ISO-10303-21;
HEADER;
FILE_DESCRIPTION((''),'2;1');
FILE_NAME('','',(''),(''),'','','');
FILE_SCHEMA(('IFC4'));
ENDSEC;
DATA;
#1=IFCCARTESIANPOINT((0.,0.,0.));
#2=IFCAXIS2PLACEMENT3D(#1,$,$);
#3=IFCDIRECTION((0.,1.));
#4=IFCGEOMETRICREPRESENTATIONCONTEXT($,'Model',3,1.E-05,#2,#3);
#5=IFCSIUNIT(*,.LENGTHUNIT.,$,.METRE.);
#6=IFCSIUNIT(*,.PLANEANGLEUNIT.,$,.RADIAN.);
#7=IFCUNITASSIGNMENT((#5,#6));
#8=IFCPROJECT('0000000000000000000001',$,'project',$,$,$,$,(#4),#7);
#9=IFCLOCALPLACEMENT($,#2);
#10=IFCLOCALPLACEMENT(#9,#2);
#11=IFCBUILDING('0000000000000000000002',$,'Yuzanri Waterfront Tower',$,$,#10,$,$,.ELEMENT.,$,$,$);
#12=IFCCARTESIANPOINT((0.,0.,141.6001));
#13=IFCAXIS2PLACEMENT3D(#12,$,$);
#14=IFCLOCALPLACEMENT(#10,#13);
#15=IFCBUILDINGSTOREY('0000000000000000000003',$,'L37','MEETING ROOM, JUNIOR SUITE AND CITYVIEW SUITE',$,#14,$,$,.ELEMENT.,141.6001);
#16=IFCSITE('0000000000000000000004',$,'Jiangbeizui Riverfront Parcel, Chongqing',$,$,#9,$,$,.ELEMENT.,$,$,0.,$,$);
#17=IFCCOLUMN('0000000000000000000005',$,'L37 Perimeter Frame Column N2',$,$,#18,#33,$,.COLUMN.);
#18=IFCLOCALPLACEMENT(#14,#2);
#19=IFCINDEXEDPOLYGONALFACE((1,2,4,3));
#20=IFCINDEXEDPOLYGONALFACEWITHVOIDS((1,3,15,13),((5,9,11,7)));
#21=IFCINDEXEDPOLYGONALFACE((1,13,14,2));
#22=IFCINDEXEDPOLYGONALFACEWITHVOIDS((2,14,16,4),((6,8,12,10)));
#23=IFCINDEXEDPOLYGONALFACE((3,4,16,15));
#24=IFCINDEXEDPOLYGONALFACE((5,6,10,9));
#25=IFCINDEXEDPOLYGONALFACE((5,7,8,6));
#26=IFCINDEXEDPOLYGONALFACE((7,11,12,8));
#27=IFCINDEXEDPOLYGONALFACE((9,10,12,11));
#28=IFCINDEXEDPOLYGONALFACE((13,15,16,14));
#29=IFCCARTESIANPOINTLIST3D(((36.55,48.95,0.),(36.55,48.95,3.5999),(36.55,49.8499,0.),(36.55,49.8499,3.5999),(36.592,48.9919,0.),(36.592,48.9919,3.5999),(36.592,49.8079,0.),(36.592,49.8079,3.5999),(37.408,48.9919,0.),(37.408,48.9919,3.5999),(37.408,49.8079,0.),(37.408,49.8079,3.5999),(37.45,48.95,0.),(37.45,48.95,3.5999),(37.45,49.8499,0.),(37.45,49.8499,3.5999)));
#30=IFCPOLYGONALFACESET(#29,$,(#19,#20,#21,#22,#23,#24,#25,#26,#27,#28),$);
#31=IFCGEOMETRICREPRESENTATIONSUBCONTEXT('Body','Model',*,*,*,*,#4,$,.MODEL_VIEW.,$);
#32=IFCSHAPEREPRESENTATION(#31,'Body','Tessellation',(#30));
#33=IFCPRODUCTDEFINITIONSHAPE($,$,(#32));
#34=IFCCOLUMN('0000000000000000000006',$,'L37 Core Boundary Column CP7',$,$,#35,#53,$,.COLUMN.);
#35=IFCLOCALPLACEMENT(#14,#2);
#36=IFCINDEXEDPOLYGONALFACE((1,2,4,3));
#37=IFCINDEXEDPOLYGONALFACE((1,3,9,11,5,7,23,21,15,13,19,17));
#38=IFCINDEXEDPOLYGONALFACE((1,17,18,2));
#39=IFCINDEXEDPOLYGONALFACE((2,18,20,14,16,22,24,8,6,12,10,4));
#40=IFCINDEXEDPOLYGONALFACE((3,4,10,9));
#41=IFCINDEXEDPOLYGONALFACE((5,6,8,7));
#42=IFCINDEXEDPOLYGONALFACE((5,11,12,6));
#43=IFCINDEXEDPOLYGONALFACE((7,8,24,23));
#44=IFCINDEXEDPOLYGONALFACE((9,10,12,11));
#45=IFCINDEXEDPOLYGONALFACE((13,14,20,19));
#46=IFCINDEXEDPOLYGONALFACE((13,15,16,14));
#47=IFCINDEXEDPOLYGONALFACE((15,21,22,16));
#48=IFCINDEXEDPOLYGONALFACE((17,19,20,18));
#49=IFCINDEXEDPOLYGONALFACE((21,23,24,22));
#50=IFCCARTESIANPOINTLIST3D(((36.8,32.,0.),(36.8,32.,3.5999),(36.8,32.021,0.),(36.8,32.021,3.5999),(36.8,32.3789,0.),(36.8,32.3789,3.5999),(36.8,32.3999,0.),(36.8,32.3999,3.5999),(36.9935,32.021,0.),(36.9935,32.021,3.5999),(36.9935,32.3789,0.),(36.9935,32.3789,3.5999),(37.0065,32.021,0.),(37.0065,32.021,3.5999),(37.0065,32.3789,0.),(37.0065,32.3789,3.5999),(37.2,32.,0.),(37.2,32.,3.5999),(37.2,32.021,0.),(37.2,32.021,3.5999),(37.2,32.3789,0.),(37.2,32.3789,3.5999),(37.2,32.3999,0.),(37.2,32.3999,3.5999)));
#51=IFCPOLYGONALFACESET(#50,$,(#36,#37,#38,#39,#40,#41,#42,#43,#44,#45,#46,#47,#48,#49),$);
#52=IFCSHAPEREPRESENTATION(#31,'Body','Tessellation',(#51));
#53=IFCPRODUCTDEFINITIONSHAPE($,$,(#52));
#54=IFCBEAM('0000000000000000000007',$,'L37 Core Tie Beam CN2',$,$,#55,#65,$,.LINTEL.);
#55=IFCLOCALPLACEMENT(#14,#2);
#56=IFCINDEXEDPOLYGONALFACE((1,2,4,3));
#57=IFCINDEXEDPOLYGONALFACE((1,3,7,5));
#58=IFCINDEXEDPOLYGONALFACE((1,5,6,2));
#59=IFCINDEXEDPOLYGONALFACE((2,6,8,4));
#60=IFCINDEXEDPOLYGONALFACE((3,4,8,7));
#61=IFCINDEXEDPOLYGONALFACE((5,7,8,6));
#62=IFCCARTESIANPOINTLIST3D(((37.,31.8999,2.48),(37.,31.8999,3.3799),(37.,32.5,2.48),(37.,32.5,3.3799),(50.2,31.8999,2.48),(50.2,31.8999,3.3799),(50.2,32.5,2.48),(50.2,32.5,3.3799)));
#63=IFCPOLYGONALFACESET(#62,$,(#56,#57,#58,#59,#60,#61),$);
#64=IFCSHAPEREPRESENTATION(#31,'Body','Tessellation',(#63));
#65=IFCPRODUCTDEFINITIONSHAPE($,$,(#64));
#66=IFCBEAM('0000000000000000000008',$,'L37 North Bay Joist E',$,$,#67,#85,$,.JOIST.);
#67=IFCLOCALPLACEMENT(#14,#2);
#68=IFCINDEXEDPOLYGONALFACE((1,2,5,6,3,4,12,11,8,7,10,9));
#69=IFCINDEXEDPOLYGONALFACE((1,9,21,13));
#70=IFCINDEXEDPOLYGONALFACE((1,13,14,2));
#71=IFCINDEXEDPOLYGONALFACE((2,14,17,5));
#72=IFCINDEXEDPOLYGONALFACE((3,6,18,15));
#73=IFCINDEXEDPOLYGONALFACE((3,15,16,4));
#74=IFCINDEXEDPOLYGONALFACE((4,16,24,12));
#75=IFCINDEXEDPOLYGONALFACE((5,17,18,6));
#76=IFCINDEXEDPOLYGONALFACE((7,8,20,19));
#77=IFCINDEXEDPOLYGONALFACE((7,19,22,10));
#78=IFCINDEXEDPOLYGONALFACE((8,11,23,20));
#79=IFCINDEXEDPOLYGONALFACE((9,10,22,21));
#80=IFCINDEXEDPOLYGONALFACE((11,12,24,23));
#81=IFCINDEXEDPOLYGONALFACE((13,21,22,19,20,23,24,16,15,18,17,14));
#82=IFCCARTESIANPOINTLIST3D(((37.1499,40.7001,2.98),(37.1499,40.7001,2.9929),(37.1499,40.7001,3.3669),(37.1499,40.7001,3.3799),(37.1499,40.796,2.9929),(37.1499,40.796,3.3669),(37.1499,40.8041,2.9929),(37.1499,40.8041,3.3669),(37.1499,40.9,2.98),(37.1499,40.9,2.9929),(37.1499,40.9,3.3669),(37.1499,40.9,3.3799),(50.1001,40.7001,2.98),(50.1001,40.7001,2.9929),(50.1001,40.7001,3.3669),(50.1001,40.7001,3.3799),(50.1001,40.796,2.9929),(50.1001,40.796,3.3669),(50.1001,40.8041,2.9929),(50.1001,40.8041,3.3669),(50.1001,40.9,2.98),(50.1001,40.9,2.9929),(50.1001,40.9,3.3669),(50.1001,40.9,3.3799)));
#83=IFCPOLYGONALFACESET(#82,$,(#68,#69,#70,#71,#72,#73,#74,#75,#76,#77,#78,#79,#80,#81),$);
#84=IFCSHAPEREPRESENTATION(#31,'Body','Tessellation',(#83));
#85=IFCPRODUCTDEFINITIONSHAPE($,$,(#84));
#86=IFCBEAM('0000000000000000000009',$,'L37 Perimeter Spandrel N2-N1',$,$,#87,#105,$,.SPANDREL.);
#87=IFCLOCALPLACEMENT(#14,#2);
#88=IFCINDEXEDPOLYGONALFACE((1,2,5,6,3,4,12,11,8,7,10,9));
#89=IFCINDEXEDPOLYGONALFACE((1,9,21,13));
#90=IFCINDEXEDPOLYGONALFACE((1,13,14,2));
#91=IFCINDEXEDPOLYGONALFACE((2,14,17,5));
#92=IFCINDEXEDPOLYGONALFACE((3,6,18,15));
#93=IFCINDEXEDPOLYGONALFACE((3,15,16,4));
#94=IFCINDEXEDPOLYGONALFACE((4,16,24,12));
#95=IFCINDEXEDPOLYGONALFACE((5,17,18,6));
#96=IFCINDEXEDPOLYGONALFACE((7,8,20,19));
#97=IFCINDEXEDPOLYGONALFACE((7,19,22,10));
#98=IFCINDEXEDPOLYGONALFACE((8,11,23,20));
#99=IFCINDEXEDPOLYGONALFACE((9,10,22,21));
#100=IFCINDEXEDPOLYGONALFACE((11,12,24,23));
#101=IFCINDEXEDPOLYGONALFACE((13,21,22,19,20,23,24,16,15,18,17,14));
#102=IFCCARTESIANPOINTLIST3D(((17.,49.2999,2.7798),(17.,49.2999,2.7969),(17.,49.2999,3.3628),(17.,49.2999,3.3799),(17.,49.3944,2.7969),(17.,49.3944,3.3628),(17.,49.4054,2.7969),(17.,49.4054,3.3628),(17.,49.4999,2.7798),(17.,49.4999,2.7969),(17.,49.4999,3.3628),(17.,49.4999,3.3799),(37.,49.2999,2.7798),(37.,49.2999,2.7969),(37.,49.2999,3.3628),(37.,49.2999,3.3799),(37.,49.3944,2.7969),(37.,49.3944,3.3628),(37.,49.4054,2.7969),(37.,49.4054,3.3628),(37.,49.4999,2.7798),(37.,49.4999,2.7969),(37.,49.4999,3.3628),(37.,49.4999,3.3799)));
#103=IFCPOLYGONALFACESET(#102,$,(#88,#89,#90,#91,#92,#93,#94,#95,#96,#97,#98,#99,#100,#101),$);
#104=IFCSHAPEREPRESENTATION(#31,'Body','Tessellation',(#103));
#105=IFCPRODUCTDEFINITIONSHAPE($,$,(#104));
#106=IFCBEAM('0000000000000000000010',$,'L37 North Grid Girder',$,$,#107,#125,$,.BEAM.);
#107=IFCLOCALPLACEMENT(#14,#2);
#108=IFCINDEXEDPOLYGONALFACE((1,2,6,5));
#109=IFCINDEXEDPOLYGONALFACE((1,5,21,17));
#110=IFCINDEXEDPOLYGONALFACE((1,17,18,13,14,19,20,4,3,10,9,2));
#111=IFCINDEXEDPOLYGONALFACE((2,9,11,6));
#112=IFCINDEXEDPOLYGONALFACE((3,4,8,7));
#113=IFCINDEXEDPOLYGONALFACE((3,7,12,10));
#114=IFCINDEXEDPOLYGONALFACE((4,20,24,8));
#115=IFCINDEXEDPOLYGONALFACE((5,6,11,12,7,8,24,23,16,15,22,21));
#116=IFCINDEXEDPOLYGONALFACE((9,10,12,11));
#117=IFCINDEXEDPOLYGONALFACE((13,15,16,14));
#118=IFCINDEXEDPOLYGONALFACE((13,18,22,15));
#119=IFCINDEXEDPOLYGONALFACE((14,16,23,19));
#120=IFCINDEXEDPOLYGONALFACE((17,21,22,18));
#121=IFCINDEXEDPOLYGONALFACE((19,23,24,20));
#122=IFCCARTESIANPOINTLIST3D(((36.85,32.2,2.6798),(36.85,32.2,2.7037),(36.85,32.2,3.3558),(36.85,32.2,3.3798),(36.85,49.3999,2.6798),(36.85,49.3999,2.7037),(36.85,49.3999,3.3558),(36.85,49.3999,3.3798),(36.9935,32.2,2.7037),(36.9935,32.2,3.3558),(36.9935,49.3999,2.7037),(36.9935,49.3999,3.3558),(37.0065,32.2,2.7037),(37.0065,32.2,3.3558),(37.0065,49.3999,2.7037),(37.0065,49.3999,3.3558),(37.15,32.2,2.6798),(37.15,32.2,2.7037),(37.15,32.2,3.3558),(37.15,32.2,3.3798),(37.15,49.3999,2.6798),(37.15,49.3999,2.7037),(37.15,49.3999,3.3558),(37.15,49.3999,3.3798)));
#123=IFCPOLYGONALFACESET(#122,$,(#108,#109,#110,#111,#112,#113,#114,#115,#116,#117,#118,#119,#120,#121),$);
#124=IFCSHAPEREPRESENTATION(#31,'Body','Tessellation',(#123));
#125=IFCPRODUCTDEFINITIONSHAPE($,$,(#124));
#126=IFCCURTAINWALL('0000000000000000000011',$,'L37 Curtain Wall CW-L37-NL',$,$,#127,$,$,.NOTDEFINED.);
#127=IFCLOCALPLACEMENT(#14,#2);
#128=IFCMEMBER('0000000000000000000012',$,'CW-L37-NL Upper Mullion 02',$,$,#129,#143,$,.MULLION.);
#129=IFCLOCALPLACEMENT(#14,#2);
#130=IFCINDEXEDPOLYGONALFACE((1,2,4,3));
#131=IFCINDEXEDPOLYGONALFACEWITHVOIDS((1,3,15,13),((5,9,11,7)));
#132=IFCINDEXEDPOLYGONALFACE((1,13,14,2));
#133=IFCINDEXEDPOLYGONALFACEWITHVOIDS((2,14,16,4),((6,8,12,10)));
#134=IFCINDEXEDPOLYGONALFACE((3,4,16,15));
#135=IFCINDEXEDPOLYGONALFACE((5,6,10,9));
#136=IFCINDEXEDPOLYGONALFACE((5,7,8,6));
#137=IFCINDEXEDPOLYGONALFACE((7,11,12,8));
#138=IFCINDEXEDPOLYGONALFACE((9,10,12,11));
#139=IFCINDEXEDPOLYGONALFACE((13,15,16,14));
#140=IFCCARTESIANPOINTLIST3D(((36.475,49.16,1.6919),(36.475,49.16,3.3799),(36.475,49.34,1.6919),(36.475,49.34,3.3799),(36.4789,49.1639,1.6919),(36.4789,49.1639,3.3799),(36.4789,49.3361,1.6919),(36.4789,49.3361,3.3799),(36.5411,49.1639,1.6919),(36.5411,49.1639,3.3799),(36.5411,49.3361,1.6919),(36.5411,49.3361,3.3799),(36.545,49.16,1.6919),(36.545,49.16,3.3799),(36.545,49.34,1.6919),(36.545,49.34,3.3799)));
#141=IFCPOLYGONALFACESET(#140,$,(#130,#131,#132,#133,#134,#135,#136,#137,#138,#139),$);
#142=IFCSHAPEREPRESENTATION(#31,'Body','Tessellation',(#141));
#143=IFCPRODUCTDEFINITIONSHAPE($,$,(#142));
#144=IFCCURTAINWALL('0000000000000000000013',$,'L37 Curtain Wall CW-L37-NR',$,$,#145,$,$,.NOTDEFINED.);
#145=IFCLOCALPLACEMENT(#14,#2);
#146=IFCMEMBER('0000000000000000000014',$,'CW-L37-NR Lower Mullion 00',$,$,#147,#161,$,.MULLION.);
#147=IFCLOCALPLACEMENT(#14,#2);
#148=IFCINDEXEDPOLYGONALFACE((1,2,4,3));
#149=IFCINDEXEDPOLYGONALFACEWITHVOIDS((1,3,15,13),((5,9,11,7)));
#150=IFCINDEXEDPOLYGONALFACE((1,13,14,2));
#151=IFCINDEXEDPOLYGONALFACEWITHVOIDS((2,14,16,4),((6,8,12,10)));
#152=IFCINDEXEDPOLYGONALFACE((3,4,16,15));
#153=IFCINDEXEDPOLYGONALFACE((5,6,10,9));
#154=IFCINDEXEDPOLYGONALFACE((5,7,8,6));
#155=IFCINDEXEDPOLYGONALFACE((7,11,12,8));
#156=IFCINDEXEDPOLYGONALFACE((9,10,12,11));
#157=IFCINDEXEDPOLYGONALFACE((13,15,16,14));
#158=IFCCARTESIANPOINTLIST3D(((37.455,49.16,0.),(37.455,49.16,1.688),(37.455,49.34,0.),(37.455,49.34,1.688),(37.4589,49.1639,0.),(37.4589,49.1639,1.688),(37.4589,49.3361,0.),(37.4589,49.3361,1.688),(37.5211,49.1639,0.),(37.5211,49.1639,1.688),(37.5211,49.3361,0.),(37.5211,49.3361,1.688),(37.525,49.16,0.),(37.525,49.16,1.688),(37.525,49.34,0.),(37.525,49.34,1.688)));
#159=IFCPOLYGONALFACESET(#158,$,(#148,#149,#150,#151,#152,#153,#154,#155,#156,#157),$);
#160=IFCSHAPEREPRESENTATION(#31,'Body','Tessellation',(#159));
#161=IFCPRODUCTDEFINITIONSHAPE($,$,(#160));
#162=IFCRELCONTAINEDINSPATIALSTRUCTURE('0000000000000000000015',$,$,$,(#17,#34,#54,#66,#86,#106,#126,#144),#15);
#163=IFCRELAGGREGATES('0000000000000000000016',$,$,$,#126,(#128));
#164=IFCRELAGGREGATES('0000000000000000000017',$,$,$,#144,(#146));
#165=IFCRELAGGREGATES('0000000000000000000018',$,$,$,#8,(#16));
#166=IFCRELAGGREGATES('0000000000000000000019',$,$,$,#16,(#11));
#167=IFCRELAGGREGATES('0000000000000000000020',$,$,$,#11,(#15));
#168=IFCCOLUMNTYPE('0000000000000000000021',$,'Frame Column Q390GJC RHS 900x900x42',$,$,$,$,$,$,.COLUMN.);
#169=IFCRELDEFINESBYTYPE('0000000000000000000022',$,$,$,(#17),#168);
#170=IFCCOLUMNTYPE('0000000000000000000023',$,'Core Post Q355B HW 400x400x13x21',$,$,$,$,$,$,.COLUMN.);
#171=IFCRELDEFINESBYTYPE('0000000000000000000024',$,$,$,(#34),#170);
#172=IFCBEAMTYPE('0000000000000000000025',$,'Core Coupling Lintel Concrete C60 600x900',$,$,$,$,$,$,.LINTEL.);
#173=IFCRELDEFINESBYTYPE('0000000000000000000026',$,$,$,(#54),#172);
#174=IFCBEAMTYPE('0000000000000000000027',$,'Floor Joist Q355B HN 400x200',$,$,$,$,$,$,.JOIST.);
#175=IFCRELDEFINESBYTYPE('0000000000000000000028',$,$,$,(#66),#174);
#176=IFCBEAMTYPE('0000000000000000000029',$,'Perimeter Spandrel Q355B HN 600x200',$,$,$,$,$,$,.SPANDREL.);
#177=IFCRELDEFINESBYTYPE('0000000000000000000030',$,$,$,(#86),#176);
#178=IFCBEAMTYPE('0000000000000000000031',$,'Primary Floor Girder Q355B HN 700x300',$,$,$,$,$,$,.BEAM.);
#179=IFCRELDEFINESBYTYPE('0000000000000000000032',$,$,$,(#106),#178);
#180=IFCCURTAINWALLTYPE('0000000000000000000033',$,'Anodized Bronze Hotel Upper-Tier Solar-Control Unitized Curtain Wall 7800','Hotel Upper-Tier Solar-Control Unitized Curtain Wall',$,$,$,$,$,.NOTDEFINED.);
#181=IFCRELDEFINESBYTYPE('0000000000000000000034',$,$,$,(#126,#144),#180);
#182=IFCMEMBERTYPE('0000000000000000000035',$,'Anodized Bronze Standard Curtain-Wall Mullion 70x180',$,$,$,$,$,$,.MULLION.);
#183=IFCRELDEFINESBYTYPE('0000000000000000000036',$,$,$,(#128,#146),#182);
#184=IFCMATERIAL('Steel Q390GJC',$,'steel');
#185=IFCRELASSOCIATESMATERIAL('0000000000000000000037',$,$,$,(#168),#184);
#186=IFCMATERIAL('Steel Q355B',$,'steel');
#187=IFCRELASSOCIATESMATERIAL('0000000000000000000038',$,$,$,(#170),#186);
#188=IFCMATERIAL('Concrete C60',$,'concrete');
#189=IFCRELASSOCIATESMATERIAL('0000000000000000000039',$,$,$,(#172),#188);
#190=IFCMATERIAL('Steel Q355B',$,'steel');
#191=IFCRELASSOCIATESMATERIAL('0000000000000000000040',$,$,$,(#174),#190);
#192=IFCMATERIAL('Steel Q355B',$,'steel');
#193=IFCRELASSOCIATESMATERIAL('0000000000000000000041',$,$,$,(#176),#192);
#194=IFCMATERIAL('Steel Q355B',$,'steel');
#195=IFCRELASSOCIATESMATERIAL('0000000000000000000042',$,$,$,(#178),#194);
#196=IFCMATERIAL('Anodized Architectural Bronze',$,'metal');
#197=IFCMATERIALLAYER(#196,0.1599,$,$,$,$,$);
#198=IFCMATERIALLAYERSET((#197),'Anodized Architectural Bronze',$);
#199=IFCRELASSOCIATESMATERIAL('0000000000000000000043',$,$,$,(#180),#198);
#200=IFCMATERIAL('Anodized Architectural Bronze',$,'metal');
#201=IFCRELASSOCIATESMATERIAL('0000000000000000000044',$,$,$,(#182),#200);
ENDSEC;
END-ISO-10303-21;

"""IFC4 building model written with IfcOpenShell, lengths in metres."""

from ifc_helpers import new_model, si_unit, direction, frame, origin, origin_2d, place, context, subcontext, project, spatial, rectangle, hollow_rectangle, i_section, extrude, source, transform, mapped, material, layer, layer_set, material_profile, profile_set, type_object, element, aggregate, save


model = new_model("IFC4")

# Units and contexts
model_context = context("Model", 3, precision=1e-05, world=origin(), true_north=direction((0.0, 1.0)))
body_context = subcontext(model_context, "Body", "Model", "MODEL_VIEW")
ifc_project = project(units=[si_unit("LENGTHUNIT", "METRE"), si_unit("PLANEANGLEUNIT", "RADIAN")], contexts=[model_context])

# Site, building, storey
site_placement = place(None, origin())
site = spatial("IfcSite", under=ifc_project, at=site_placement, Name="Jiangbeizui Riverfront Parcel, Chongqing", CompositionType="ELEMENT", RefElevation=0.0)
building_placement = place(site_placement, origin())
building = spatial("IfcBuilding", under=site, at=building_placement, Name="Yuzanri Waterfront Tower", CompositionType="ELEMENT")
storey_placement = place(building_placement, frame((0.0, 0.0, 141.6001)))
storey = spatial("IfcBuildingStorey", under=building, at=storey_placement, Name="L37", Description="MEETING ROOM, JUNIOR SUITE AND CITYVIEW SUITE", CompositionType="ELEMENT", Elevation=141.6001)

# Columns
ifc_material_1 = material(Name="Steel Q390GJC", Category="steel")
ifc_material_profile_1 = material_profile(ifc_material_1, hollow_rectangle(XDim=0.8999, YDim=0.8999, WallThickness=0.042, at=origin_2d()), Name="RHS 900x900x42")
ifc_profile_set_1 = profile_set([ifc_material_profile_1], Name="Steel Q390GJC")
column_type_1 = type_object("IfcColumnType", Name="Frame Column Q390GJC RHS 900x900x42", PredefinedType="COLUMN", material=ifc_profile_set_1)
shared_shape_1 = source(origin(), body_context, "Body", "SweptSolid", [
    extrude(hollow_rectangle(XDim=0.8999, YDim=0.8999, WallThickness=0.042, at=origin_2d()), origin(), (0.0, 0.0, 1.0), 3.5999),
])
column_1_placement = place(storey_placement, frame((37.0, 49.3999, 0.0), z_axis=(0.0, 0.0, 1.0), x_axis=(1.0, 0.0, 0.0)))
element("IfcColumn", 1, at=column_1_placement, inside=storey, type_object=column_type_1, Name="L37 Perimeter Frame Column N2", PredefinedType="COLUMN", context=body_context, shape_type="MappedRepresentation", body=[
    mapped(shared_shape_1, transform((0.0, 0.0, 0.0), scale=1.0)),
])
ifc_material_2 = material(Name="Steel Q355B", Category="steel")
ifc_material_profile_2 = material_profile(ifc_material_2, i_section(OverallWidth=0.3999, OverallDepth=0.3999, WebThickness=0.0129, FlangeThickness=0.021, at=origin_2d()), Name="HW 400x400x13x21")
ifc_profile_set_2 = profile_set([ifc_material_profile_2], Name="Steel Q355B")
column_type_2 = type_object("IfcColumnType", Name="Core Post Q355B HW 400x400x13x21", PredefinedType="COLUMN", material=ifc_profile_set_2)
shared_shape_2 = source(origin(), body_context, "Body", "SweptSolid", [
    extrude(i_section(OverallWidth=0.3999, OverallDepth=0.3999, WebThickness=0.0129, FlangeThickness=0.021, at=origin_2d()), origin(), (0.0, 0.0, 1.0), 3.5999),
])
column_2_placement = place(storey_placement, frame((37.0, 32.2, 0.0), z_axis=(0.0, 0.0, 1.0), x_axis=(1.0, 0.0, 0.0)))
element("IfcColumn", 2, at=column_2_placement, inside=storey, type_object=column_type_2, Name="L37 Core Boundary Column CP7", PredefinedType="COLUMN", context=body_context, shape_type="MappedRepresentation", body=[
    mapped(shared_shape_2, transform((0.0, 0.0, 0.0), scale=1.0)),
])

# Beams
ifc_material_3 = material(Name="Concrete C60", Category="concrete")
ifc_material_profile_3 = material_profile(ifc_material_3, rectangle(XDim=0.6001, YDim=0.8999, at=origin_2d()), Name="RC 600x900")
ifc_profile_set_3 = profile_set([ifc_material_profile_3], Name="Concrete C60")
beam_type_1 = type_object("IfcBeamType", Name="Core Coupling Lintel Concrete C60 600x900", PredefinedType="LINTEL", material=ifc_profile_set_3)
shared_shape_3 = source(origin(), body_context, "Body", "SweptSolid", [
    extrude(rectangle(XDim=0.6001, YDim=0.8999, at=origin_2d()), origin(), (0.0, 0.0, 1.0), 13.2),
])
beam_1_placement = place(storey_placement, frame((37.0, 32.2, 2.9299), z_axis=(1.0, 0.0, 0.0), x_axis=(0.0, 1.0, 0.0)))
element("IfcBeam", 3, at=beam_1_placement, inside=storey, type_object=beam_type_1, Name="L37 Core Tie Beam CN2", PredefinedType="LINTEL", context=body_context, shape_type="MappedRepresentation", body=[
    mapped(shared_shape_3, transform((0.0, 0.0, 0.0), scale=1.0)),
])
ifc_material_4 = material(Name="Steel Q355B", Category="steel")
ifc_material_profile_4 = material_profile(ifc_material_4, i_section(OverallWidth=0.2, OverallDepth=0.3999, WebThickness=0.0081, FlangeThickness=0.0129, at=origin_2d()), Name="HN 400x200x8x13")
ifc_profile_set_4 = profile_set([ifc_material_profile_4], Name="Steel Q355B")
beam_type_2 = type_object("IfcBeamType", Name="Floor Joist Q355B HN 400x200", PredefinedType="JOIST", material=ifc_profile_set_4)
shared_shape_4 = source(origin(), body_context, "Body", "SweptSolid", [
    extrude(i_section(OverallWidth=0.2, OverallDepth=0.3999, WebThickness=0.0081, FlangeThickness=0.0129, at=origin_2d()), origin(), (0.0, 0.0, 1.0), 12.9502),
])
beam_2_placement = place(storey_placement, frame((37.1499, 40.8, 3.1799), z_axis=(1.0, 0.0, 0.0), x_axis=(0.0, 1.0, 0.0)))
element("IfcBeam", 4, at=beam_2_placement, inside=storey, type_object=beam_type_2, Name="L37 North Bay Joist E", PredefinedType="JOIST", context=body_context, shape_type="MappedRepresentation", body=[
    mapped(shared_shape_4, transform((0.0, 0.0, 0.0), scale=1.0)),
])
ifc_material_5 = material(Name="Steel Q355B", Category="steel")
ifc_material_profile_5 = material_profile(ifc_material_5, i_section(OverallWidth=0.2, OverallDepth=0.6001, WebThickness=0.011, FlangeThickness=0.0171, at=origin_2d()), Name="HN 600x200x11x17")
ifc_profile_set_5 = profile_set([ifc_material_profile_5], Name="Steel Q355B")
beam_type_3 = type_object("IfcBeamType", Name="Perimeter Spandrel Q355B HN 600x200", PredefinedType="SPANDREL", material=ifc_profile_set_5)
shared_shape_5 = source(origin(), body_context, "Body", "SweptSolid", [
    extrude(i_section(OverallWidth=0.2, OverallDepth=0.6001, WebThickness=0.011, FlangeThickness=0.0171, at=origin_2d()), origin(), (0.0, 0.0, 1.0), 20.0),
])
beam_3_placement = place(storey_placement, frame((37.0, 49.3999, 3.0798), z_axis=(-1.0, 0.0, 0.0), x_axis=(0.0, -1.0, 0.0)))
element("IfcBeam", 5, at=beam_3_placement, inside=storey, type_object=beam_type_3, Name="L37 Perimeter Spandrel N2-N1", PredefinedType="SPANDREL", context=body_context, shape_type="MappedRepresentation", body=[
    mapped(shared_shape_5, transform((0.0, 0.0, 0.0), scale=1.0)),
])
ifc_material_6 = material(Name="Steel Q355B", Category="steel")
ifc_material_profile_6 = material_profile(ifc_material_6, i_section(OverallWidth=0.3, OverallDepth=0.7, WebThickness=0.0129, FlangeThickness=0.0239, at=origin_2d()), Name="HN 700x300x13x24")
ifc_profile_set_6 = profile_set([ifc_material_profile_6], Name="Steel Q355B")
beam_type_4 = type_object("IfcBeamType", Name="Primary Floor Girder Q355B HN 700x300", PredefinedType="BEAM", material=ifc_profile_set_6)
shared_shape_6 = source(origin(), body_context, "Body", "SweptSolid", [
    extrude(i_section(OverallWidth=0.3, OverallDepth=0.7, WebThickness=0.0129, FlangeThickness=0.0239, at=origin_2d()), origin(), (0.0, 0.0, 1.0), 17.2),
])
beam_4_placement = place(storey_placement, frame((37.0, 32.2, 3.0298), z_axis=(0.0, 1.0, 0.0), x_axis=(-1.0, 0.0, 0.0)))
element("IfcBeam", 6, at=beam_4_placement, inside=storey, type_object=beam_type_4, Name="L37 North Grid Girder", PredefinedType="BEAM", context=body_context, shape_type="MappedRepresentation", body=[
    mapped(shared_shape_6, transform((0.0, 0.0, 0.0), scale=1.0)),
])

# Curtain wall, member
ifc_material_7 = material(Name="Anodized Architectural Bronze", Category="metal")
ifc_layer_1 = layer(ifc_material_7, 0.1599)
ifc_layer_set_1 = layer_set([ifc_layer_1], Name="Anodized Architectural Bronze")
curtain_wall_type = type_object("IfcCurtainWallType", Name="Anodized Bronze Hotel Upper-Tier Solar-Control Unitized Curtain Wall 7800", Description="Hotel Upper-Tier Solar-Control Unitized Curtain Wall", PredefinedType="NOTDEFINED", material=ifc_layer_set_1)
curtain_wall_1_placement = place(storey_placement, origin())
curtain_wall_1 = element("IfcCurtainWall", 7, at=curtain_wall_1_placement, inside=storey, type_object=curtain_wall_type, Name="L37 Curtain Wall CW-L37-NL", PredefinedType="NOTDEFINED")
ifc_material_8 = material(Name="Anodized Architectural Bronze", Category="metal")
ifc_material_profile_7 = material_profile(ifc_material_8, hollow_rectangle(XDim=0.0701, YDim=0.1799, WallThickness=0.0039, at=origin_2d()), Name="CWM 70x180")
ifc_profile_set_7 = profile_set([ifc_material_profile_7], Name="Anodized Architectural Bronze")
member_type_1 = type_object("IfcMemberType", Name="Anodized Bronze Standard Curtain-Wall Mullion 70x180", PredefinedType="MULLION", material=ifc_profile_set_7)
shared_shape_7 = source(origin(), body_context, "Body", "SweptSolid", [
    extrude(hollow_rectangle(XDim=0.0701, YDim=0.1799, WallThickness=0.0039, at=origin_2d()), origin(), (0.0, 0.0, 1.0), 1.688),
])
member_1_placement = place(storey_placement, frame((36.51, 49.25, 1.6919), z_axis=(0.0, 0.0, 1.0), x_axis=(1.0, 0.0, 0.0)))
member_1 = element("IfcMember", 8, at=member_1_placement, type_object=member_type_1, Name="CW-L37-NL Upper Mullion 02", PredefinedType="MULLION", context=body_context, shape_type="MappedRepresentation", body=[
    mapped(shared_shape_7, transform((0.0, 0.0, 0.0), scale=1.0)),
])
aggregate(curtain_wall_1, [member_1])

# Curtain wall, member
curtain_wall_2_placement = place(storey_placement, origin())
curtain_wall_2 = element("IfcCurtainWall", 9, at=curtain_wall_2_placement, inside=storey, type_object=curtain_wall_type, Name="L37 Curtain Wall CW-L37-NR", PredefinedType="NOTDEFINED")
member_2_placement = place(storey_placement, frame((37.49, 49.25, 0.0), z_axis=(0.0, 0.0, 1.0), x_axis=(1.0, 0.0, 0.0)))
member_2 = element("IfcMember", 10, at=member_2_placement, type_object=member_type_1, Name="CW-L37-NR Lower Mullion 00", PredefinedType="MULLION", context=body_context, shape_type="MappedRepresentation", body=[
    mapped(shared_shape_7, transform((0.0, 0.0, 0.0), scale=1.0)),
])
aggregate(curtain_wall_2, [member_2])

save(model, "model.ifc")
